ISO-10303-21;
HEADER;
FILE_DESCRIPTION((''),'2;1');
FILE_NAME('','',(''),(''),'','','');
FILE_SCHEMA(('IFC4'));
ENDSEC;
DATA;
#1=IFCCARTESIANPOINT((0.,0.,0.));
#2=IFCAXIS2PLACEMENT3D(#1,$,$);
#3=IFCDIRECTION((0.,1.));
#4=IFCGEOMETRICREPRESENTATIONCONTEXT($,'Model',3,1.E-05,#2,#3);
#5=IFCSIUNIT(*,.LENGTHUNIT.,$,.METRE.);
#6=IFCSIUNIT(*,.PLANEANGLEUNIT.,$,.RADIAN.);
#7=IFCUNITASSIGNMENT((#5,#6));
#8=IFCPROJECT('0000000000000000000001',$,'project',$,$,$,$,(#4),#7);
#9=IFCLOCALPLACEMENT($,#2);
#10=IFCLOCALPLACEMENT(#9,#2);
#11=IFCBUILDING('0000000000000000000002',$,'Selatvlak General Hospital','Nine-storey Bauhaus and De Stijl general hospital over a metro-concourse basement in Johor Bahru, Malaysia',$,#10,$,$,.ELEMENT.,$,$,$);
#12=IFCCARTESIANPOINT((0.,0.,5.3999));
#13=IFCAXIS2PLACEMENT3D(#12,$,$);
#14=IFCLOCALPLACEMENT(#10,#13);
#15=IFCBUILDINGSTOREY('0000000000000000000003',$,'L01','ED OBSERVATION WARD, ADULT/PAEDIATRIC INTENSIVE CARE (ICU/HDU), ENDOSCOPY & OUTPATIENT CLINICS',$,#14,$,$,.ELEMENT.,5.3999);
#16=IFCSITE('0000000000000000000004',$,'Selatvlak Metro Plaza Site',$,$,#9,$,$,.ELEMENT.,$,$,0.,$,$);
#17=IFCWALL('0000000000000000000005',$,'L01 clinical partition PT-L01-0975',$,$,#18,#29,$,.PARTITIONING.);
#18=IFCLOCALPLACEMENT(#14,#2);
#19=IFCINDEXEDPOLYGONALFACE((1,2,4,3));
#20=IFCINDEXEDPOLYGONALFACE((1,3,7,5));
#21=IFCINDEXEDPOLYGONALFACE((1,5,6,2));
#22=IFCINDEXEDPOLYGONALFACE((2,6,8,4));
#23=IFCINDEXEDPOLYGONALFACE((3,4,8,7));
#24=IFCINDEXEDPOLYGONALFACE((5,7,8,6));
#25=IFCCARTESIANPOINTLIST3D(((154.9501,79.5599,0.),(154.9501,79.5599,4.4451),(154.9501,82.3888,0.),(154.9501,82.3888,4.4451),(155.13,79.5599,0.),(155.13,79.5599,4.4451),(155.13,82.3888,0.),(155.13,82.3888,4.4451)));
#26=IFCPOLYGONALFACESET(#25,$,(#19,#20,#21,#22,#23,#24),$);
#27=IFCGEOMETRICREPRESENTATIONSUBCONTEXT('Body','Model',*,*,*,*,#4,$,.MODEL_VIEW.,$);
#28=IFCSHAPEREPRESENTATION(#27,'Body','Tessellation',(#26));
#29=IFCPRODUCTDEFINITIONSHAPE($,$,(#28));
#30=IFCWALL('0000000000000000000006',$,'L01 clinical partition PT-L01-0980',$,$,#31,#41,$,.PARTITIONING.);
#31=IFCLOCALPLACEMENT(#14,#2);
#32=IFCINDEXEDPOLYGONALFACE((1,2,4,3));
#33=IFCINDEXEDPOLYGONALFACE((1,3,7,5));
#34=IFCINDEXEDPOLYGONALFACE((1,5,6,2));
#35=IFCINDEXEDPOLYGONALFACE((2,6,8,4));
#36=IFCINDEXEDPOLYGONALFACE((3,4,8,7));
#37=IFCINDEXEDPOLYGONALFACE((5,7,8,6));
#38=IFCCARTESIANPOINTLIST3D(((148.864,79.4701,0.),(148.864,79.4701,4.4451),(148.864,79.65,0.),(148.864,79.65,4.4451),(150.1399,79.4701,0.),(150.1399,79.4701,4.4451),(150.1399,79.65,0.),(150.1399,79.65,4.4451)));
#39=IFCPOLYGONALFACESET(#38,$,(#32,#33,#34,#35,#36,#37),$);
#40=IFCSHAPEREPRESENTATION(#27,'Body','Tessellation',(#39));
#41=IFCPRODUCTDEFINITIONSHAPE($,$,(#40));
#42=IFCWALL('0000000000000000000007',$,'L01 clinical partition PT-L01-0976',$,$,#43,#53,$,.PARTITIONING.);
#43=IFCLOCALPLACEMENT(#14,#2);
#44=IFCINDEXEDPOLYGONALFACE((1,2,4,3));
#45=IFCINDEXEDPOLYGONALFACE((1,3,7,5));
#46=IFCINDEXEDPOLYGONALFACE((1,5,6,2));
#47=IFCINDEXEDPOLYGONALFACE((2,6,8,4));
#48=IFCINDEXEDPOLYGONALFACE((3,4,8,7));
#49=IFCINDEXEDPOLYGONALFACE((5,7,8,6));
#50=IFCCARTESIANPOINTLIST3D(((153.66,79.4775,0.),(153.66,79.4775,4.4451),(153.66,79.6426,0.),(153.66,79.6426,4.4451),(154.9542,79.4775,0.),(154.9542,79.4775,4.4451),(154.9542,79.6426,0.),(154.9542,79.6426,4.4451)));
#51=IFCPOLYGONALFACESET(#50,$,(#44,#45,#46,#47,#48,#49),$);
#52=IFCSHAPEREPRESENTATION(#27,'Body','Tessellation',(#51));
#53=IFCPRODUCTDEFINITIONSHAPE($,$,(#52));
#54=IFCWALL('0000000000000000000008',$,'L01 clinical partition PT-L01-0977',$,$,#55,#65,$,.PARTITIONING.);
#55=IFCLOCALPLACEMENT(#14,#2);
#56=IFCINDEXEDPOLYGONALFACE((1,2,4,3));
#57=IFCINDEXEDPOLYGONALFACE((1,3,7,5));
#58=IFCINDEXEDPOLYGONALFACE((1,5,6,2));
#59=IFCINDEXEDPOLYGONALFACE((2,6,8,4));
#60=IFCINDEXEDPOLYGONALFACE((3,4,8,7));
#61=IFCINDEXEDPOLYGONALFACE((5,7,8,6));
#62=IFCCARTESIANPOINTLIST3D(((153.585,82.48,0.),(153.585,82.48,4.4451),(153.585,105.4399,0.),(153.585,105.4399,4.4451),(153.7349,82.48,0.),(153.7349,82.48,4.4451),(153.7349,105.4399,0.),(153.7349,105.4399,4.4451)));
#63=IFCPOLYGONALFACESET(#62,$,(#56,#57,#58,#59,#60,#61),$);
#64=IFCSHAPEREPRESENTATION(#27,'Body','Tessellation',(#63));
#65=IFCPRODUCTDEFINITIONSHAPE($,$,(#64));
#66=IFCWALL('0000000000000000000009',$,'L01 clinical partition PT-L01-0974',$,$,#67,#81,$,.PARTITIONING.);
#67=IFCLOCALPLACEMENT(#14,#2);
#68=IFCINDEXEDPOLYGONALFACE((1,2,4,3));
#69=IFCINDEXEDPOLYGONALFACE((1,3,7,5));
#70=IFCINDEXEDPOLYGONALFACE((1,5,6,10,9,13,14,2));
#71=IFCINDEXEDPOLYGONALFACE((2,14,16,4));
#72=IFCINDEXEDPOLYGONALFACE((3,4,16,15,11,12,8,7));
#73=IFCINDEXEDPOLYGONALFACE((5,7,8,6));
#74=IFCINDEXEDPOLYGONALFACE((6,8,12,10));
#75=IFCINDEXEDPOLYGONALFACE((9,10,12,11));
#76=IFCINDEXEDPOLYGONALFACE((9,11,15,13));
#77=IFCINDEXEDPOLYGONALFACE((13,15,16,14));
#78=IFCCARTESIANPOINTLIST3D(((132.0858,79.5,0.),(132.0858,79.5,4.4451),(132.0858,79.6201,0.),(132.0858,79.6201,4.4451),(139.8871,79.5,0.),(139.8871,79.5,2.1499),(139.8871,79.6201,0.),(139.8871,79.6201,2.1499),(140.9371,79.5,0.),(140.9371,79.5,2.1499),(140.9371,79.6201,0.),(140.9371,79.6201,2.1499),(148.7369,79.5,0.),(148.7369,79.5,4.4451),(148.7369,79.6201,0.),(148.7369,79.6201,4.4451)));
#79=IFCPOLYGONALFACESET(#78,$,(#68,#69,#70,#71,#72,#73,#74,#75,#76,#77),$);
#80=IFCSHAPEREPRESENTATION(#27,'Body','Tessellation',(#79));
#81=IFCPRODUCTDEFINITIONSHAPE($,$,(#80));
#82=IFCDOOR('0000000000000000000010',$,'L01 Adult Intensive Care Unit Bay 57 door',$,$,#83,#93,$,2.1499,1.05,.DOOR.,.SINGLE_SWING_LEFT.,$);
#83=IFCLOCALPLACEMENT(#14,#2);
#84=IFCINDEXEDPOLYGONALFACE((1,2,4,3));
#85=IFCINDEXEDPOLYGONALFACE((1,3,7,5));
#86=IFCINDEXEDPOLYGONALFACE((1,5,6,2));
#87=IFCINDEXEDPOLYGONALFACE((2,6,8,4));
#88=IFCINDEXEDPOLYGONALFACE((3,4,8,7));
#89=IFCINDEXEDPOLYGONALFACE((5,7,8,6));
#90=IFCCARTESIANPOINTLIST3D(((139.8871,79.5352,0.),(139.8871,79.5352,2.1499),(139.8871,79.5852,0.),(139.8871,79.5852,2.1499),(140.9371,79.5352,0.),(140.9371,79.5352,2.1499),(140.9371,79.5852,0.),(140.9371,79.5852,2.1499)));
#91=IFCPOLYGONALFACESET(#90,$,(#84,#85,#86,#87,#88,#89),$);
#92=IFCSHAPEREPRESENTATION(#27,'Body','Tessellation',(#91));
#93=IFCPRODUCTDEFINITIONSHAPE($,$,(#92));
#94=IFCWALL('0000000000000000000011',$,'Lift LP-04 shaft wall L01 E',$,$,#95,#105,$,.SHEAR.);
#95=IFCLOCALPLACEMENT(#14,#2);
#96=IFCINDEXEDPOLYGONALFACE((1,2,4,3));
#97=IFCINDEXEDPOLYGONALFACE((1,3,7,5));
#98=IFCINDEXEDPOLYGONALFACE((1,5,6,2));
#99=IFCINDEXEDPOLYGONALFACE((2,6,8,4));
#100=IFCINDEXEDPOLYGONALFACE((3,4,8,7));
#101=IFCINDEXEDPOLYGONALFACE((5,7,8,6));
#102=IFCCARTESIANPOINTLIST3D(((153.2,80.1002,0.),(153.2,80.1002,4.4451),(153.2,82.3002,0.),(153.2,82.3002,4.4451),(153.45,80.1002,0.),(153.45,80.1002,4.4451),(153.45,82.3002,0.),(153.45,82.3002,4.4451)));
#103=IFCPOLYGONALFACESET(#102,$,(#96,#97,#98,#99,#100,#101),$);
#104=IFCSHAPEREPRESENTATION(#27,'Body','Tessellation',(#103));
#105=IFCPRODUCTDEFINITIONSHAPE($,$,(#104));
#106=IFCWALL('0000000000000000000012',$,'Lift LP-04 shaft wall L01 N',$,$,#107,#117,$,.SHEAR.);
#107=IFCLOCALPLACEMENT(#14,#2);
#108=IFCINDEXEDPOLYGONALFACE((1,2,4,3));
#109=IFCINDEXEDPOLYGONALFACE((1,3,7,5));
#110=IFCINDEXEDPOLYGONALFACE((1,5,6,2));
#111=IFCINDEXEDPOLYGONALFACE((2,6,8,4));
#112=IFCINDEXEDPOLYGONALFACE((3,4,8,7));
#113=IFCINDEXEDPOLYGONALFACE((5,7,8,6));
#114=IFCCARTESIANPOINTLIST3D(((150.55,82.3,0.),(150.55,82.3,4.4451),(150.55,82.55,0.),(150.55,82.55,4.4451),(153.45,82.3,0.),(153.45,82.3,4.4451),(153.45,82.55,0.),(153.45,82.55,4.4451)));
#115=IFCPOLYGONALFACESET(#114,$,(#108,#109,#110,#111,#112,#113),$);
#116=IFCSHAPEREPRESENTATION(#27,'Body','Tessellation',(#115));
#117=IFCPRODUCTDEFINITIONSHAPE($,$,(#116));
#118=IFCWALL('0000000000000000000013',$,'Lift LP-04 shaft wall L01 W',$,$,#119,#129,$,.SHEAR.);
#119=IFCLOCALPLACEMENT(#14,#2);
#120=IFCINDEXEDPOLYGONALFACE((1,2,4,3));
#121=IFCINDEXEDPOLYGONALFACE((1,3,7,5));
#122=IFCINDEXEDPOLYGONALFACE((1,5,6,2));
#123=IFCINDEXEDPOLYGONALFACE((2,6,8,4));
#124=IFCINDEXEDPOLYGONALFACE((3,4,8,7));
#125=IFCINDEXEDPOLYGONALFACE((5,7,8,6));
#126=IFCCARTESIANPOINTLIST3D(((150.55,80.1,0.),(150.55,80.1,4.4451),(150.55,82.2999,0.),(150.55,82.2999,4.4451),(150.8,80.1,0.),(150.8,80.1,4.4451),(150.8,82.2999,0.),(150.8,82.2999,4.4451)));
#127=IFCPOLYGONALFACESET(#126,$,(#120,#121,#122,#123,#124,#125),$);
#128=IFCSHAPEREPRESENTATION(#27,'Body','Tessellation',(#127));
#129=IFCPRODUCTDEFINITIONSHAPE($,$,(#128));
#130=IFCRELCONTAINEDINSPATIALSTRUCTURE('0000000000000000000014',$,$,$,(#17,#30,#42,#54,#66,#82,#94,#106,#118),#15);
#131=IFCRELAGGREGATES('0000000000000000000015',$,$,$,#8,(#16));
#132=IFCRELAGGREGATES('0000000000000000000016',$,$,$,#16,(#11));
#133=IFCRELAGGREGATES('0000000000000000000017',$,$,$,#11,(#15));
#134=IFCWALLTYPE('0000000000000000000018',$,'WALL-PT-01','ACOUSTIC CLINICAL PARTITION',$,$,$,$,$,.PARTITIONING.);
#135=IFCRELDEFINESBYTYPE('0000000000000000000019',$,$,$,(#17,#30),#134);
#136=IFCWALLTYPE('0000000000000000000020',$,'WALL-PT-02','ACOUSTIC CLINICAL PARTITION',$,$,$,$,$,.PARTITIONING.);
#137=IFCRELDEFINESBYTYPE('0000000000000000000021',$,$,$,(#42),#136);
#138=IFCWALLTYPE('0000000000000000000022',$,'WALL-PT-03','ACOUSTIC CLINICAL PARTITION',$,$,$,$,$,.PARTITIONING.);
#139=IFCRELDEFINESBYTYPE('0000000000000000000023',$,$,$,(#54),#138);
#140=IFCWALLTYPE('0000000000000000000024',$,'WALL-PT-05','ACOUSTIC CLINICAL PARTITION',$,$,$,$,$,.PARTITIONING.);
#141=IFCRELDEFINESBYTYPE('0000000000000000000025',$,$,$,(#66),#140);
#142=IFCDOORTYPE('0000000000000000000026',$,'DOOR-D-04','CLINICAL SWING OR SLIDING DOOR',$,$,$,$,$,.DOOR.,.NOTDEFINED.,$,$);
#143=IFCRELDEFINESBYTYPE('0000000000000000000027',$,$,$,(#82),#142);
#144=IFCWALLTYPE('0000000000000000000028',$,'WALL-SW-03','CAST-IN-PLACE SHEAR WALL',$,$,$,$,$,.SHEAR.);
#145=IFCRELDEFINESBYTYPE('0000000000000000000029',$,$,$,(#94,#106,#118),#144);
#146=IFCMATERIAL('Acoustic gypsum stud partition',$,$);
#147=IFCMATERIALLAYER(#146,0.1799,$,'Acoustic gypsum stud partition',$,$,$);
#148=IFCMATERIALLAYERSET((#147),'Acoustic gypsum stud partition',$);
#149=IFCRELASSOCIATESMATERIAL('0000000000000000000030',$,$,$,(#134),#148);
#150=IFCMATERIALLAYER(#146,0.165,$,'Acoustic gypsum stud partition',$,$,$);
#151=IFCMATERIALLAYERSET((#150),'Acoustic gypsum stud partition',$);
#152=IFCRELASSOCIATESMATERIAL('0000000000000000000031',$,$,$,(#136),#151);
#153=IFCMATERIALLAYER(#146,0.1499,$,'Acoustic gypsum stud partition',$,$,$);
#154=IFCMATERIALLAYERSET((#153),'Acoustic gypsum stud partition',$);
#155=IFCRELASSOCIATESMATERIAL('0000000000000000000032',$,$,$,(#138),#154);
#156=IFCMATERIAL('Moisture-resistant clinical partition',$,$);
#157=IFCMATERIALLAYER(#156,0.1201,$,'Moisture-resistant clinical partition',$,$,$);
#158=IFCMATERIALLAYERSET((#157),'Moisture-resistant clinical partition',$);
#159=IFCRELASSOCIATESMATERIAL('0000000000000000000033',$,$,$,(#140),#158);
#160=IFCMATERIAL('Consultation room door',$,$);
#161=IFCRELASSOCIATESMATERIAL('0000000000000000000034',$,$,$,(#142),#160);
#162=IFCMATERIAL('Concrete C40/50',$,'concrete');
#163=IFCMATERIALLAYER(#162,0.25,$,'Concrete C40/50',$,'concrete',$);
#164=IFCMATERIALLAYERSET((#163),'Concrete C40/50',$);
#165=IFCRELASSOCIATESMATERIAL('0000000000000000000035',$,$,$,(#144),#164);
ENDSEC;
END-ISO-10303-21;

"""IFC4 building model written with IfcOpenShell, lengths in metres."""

from ifc_helpers import new_model, si_unit, direction, frame, frame_2d, origin, place, context, subcontext, project, spatial, rectangle, extrude, material, layer, layer_set, type_object, element, fill, save


model = new_model("IFC4")

# Units and contexts
model_context = context("Model", 3, precision=1e-05, world=origin(), true_north=direction((0.0, 1.0)))
body_context = subcontext(model_context, "Body", "Model", "MODEL_VIEW")
ifc_project = project(units=[si_unit("LENGTHUNIT", "METRE"), si_unit("PLANEANGLEUNIT", "RADIAN")], contexts=[model_context])

# Site, building, storey
site_placement = place(None, origin())
site = spatial("IfcSite", under=ifc_project, at=site_placement, Name="Selatvlak Metro Plaza Site", CompositionType="ELEMENT", RefElevation=0.0)
building_placement = place(site_placement, origin())
building = spatial("IfcBuilding", under=site, at=building_placement, Name="Selatvlak General Hospital", Description="Nine-storey Bauhaus and De Stijl general hospital over a metro-concourse basement in Johor Bahru, Malaysia", CompositionType="ELEMENT")
storey_placement = place(building_placement, frame((0.0, 0.0, 5.3999)))
storey = spatial("IfcBuildingStorey", under=building, at=storey_placement, Name="L01", Description="ED OBSERVATION WARD, ADULT/PAEDIATRIC INTENSIVE CARE (ICU/HDU), ENDOSCOPY & OUTPATIENT CLINICS", CompositionType="ELEMENT", Elevation=5.3999)

# Shared definitions
ifc_material_1 = material(Name="Concrete C40/50", Category="concrete")

# Walls
ifc_material_2 = material(Name="Acoustic gypsum stud partition")
ifc_layer_1 = layer(ifc_material_2, 0.1799, Name="Acoustic gypsum stud partition")
ifc_layer_set_1 = layer_set([ifc_layer_1], Name="Acoustic gypsum stud partition")
wall_type_1 = type_object("IfcWallType", Name="WALL-PT-01", Description="ACOUSTIC CLINICAL PARTITION", PredefinedType="PARTITIONING", material=ifc_layer_set_1)
wall_1_placement = place(storey_placement, frame((155.04, 82.3889, 0.0), z_axis=(0.0, 0.0, 1.0), x_axis=(0.0, -1.0, 0.0)))
element("IfcWall", 1, at=wall_1_placement, inside=storey, type_object=wall_type_1, Name="L01 clinical partition PT-L01-0975", PredefinedType="PARTITIONING", context=body_context, shape_type="SweptSolid", body=[
    extrude(rectangle(XDim=2.8289, YDim=0.1799, at=frame_2d((1.4146, 0.0))), origin(), (0.0, 0.0, 1.0), 4.4451),
])
wall_2_placement = place(storey_placement, frame((150.1399, 79.5601, 0.0), z_axis=(0.0, 0.0, 1.0), x_axis=(-1.0, 0.0, 0.0)))
element("IfcWall", 2, at=wall_2_placement, inside=storey, type_object=wall_type_1, Name="L01 clinical partition PT-L01-0980", PredefinedType="PARTITIONING", context=body_context, shape_type="SweptSolid", body=[
    extrude(rectangle(XDim=1.2759, YDim=0.1799, at=frame_2d((0.6379, 0.0))), origin(), (0.0, 0.0, 1.0), 4.4451),
])
ifc_layer_2 = layer(ifc_material_2, 0.165, Name="Acoustic gypsum stud partition")
ifc_layer_set_2 = layer_set([ifc_layer_2], Name="Acoustic gypsum stud partition")
wall_type_2 = type_object("IfcWallType", Name="WALL-PT-02", Description="ACOUSTIC CLINICAL PARTITION", PredefinedType="PARTITIONING", material=ifc_layer_set_2)
wall_3_placement = place(storey_placement, frame((154.9541, 79.5601, 0.0), z_axis=(0.0, 0.0, 1.0), x_axis=(-1.0, 0.0, 0.0)))
element("IfcWall", 3, at=wall_3_placement, inside=storey, type_object=wall_type_2, Name="L01 clinical partition PT-L01-0976", PredefinedType="PARTITIONING", context=body_context, shape_type="SweptSolid", body=[
    extrude(rectangle(XDim=1.2942, YDim=0.165, at=frame_2d((0.647, 0.0))), origin(), (0.0, 0.0, 1.0), 4.4451),
])
ifc_layer_3 = layer(ifc_material_2, 0.1499, Name="Acoustic gypsum stud partition")
ifc_layer_set_3 = layer_set([ifc_layer_3], Name="Acoustic gypsum stud partition")
wall_type_3 = type_object("IfcWallType", Name="WALL-PT-03", Description="ACOUSTIC CLINICAL PARTITION", PredefinedType="PARTITIONING", material=ifc_layer_set_3)
wall_4_placement = place(storey_placement, frame((153.6599, 82.48, 0.0), z_axis=(0.0, 0.0, 1.0), x_axis=(0.0, 1.0, 0.0)))
element("IfcWall", 4, at=wall_4_placement, inside=storey, type_object=wall_type_3, Name="L01 clinical partition PT-L01-0977", PredefinedType="PARTITIONING", context=body_context, shape_type="SweptSolid", body=[
    extrude(rectangle(XDim=22.96, YDim=0.1499, at=frame_2d((11.48, 0.0))), origin(), (0.0, 0.0, 1.0), 4.4451),
])

# Wall, opening, door
ifc_material_3 = material(Name="Moisture-resistant clinical partition")
ifc_layer_4 = layer(ifc_material_3, 0.1201, Name="Moisture-resistant clinical partition")
ifc_layer_set_4 = layer_set([ifc_layer_4], Name="Moisture-resistant clinical partition")
wall_type_4 = type_object("IfcWallType", Name="WALL-PT-05", Description="ACOUSTIC CLINICAL PARTITION", PredefinedType="PARTITIONING", material=ifc_layer_set_4)
wall_5_placement = place(storey_placement, frame((148.7371, 79.5601, 0.0), z_axis=(0.0, 0.0, 1.0), x_axis=(-1.0, 0.0, 0.0)))
wall_5 = element("IfcWall", 5, at=wall_5_placement, inside=storey, type_object=wall_type_4, Name="L01 clinical partition PT-L01-0974", PredefinedType="PARTITIONING", context=body_context, shape_type="SweptSolid", body=[
    extrude(rectangle(XDim=16.6511, YDim=0.1201, at=frame_2d((8.3257, 0.0))), origin(), (0.0, 0.0, 1.0), 4.4451),
])
opening_1_placement = place(wall_5_placement, frame((7.8, 0.0, 0.0)))
opening_1 = element("IfcOpeningElement", 6, at=opening_1_placement, cuts=wall_5, PredefinedType="OPENING", context=body_context, shape_type="SweptSolid", body=[
    extrude(rectangle(XDim=1.05, YDim=2.1499, at=frame_2d((0.5249, 1.075))), frame((0.0, 0.0701, 0.0), z_axis=(0.0, -1.0, 0.0), x_axis=(1.0, 0.0, 0.0)), (0.0, 0.0, 1.0), 0.1401),
])
ifc_material_4 = material(Name="Consultation room door")
door_type_1 = type_object("IfcDoorType", Name="DOOR-D-04", Description="CLINICAL SWING OR SLIDING DOOR", OperationType="NOTDEFINED", PredefinedType="DOOR", material=ifc_material_4)
door_1_placement = place(opening_1_placement, origin())
door_1 = element("IfcDoor", 7, at=door_1_placement, inside=storey, type_object=door_type_1, Name="L01 Adult Intensive Care Unit Bay 57 door", OperationType="SINGLE_SWING_LEFT", OverallHeight=2.1499, OverallWidth=1.05, PredefinedType="DOOR", context=body_context, shape_type="SweptSolid", body=[
    extrude(rectangle(XDim=1.05, YDim=2.1499, at=frame_2d((0.5249, 1.075))), frame((0.0, 0.0249, 0.0), z_axis=(0.0, -1.0, 0.0), x_axis=(1.0, 0.0, 0.0)), (0.0, 0.0, 1.0), 0.05),
])
fill(opening_1, door_1)
ifc_layer_5 = layer(ifc_material_1, 0.25, Name="Concrete C40/50", Category="concrete")
ifc_layer_set_5 = layer_set([ifc_layer_5], Name="Concrete C40/50")
wall_type_5 = type_object("IfcWallType", Name="WALL-SW-03", Description="CAST-IN-PLACE SHEAR WALL", PredefinedType="SHEAR", material=ifc_layer_set_5)

# Walls
wall_6_placement = place(storey_placement, frame((153.325, 80.1001, 0.0), z_axis=(0.0, 0.0, 1.0), x_axis=(0.0, 1.0, 0.0)))
element("IfcWall", 8, at=wall_6_placement, inside=storey, type_object=wall_type_5, Name="Lift LP-04 shaft wall L01 E", PredefinedType="SHEAR", context=body_context, shape_type="SweptSolid", body=[
    extrude(rectangle(XDim=2.2, YDim=0.25, at=frame_2d((1.1001, 0.0))), origin(), (0.0, 0.0, 1.0), 4.4451),
])
wall_7_placement = place(storey_placement, frame((153.45, 82.425, 0.0), z_axis=(0.0, 0.0, 1.0), x_axis=(-1.0, 0.0, 0.0)))
element("IfcWall", 9, at=wall_7_placement, inside=storey, type_object=wall_type_5, Name="Lift LP-04 shaft wall L01 N", PredefinedType="SHEAR", context=body_context, shape_type="SweptSolid", body=[
    extrude(rectangle(XDim=2.8999, YDim=0.25, at=frame_2d((1.45, 0.0))), origin(), (0.0, 0.0, 1.0), 4.4451),
])
wall_8_placement = place(storey_placement, frame((150.675, 82.3, 0.0), z_axis=(0.0, 0.0, 1.0), x_axis=(0.0, -1.0, 0.0)))
element("IfcWall", 10, at=wall_8_placement, inside=storey, type_object=wall_type_5, Name="Lift LP-04 shaft wall L01 W", PredefinedType="SHEAR", context=body_context, shape_type="SweptSolid", body=[
    extrude(rectangle(XDim=2.2, YDim=0.25, at=frame_2d((1.1001, 0.0))), origin(), (0.0, 0.0, 1.0), 4.4451),
])

save(model, "model.ifc")
